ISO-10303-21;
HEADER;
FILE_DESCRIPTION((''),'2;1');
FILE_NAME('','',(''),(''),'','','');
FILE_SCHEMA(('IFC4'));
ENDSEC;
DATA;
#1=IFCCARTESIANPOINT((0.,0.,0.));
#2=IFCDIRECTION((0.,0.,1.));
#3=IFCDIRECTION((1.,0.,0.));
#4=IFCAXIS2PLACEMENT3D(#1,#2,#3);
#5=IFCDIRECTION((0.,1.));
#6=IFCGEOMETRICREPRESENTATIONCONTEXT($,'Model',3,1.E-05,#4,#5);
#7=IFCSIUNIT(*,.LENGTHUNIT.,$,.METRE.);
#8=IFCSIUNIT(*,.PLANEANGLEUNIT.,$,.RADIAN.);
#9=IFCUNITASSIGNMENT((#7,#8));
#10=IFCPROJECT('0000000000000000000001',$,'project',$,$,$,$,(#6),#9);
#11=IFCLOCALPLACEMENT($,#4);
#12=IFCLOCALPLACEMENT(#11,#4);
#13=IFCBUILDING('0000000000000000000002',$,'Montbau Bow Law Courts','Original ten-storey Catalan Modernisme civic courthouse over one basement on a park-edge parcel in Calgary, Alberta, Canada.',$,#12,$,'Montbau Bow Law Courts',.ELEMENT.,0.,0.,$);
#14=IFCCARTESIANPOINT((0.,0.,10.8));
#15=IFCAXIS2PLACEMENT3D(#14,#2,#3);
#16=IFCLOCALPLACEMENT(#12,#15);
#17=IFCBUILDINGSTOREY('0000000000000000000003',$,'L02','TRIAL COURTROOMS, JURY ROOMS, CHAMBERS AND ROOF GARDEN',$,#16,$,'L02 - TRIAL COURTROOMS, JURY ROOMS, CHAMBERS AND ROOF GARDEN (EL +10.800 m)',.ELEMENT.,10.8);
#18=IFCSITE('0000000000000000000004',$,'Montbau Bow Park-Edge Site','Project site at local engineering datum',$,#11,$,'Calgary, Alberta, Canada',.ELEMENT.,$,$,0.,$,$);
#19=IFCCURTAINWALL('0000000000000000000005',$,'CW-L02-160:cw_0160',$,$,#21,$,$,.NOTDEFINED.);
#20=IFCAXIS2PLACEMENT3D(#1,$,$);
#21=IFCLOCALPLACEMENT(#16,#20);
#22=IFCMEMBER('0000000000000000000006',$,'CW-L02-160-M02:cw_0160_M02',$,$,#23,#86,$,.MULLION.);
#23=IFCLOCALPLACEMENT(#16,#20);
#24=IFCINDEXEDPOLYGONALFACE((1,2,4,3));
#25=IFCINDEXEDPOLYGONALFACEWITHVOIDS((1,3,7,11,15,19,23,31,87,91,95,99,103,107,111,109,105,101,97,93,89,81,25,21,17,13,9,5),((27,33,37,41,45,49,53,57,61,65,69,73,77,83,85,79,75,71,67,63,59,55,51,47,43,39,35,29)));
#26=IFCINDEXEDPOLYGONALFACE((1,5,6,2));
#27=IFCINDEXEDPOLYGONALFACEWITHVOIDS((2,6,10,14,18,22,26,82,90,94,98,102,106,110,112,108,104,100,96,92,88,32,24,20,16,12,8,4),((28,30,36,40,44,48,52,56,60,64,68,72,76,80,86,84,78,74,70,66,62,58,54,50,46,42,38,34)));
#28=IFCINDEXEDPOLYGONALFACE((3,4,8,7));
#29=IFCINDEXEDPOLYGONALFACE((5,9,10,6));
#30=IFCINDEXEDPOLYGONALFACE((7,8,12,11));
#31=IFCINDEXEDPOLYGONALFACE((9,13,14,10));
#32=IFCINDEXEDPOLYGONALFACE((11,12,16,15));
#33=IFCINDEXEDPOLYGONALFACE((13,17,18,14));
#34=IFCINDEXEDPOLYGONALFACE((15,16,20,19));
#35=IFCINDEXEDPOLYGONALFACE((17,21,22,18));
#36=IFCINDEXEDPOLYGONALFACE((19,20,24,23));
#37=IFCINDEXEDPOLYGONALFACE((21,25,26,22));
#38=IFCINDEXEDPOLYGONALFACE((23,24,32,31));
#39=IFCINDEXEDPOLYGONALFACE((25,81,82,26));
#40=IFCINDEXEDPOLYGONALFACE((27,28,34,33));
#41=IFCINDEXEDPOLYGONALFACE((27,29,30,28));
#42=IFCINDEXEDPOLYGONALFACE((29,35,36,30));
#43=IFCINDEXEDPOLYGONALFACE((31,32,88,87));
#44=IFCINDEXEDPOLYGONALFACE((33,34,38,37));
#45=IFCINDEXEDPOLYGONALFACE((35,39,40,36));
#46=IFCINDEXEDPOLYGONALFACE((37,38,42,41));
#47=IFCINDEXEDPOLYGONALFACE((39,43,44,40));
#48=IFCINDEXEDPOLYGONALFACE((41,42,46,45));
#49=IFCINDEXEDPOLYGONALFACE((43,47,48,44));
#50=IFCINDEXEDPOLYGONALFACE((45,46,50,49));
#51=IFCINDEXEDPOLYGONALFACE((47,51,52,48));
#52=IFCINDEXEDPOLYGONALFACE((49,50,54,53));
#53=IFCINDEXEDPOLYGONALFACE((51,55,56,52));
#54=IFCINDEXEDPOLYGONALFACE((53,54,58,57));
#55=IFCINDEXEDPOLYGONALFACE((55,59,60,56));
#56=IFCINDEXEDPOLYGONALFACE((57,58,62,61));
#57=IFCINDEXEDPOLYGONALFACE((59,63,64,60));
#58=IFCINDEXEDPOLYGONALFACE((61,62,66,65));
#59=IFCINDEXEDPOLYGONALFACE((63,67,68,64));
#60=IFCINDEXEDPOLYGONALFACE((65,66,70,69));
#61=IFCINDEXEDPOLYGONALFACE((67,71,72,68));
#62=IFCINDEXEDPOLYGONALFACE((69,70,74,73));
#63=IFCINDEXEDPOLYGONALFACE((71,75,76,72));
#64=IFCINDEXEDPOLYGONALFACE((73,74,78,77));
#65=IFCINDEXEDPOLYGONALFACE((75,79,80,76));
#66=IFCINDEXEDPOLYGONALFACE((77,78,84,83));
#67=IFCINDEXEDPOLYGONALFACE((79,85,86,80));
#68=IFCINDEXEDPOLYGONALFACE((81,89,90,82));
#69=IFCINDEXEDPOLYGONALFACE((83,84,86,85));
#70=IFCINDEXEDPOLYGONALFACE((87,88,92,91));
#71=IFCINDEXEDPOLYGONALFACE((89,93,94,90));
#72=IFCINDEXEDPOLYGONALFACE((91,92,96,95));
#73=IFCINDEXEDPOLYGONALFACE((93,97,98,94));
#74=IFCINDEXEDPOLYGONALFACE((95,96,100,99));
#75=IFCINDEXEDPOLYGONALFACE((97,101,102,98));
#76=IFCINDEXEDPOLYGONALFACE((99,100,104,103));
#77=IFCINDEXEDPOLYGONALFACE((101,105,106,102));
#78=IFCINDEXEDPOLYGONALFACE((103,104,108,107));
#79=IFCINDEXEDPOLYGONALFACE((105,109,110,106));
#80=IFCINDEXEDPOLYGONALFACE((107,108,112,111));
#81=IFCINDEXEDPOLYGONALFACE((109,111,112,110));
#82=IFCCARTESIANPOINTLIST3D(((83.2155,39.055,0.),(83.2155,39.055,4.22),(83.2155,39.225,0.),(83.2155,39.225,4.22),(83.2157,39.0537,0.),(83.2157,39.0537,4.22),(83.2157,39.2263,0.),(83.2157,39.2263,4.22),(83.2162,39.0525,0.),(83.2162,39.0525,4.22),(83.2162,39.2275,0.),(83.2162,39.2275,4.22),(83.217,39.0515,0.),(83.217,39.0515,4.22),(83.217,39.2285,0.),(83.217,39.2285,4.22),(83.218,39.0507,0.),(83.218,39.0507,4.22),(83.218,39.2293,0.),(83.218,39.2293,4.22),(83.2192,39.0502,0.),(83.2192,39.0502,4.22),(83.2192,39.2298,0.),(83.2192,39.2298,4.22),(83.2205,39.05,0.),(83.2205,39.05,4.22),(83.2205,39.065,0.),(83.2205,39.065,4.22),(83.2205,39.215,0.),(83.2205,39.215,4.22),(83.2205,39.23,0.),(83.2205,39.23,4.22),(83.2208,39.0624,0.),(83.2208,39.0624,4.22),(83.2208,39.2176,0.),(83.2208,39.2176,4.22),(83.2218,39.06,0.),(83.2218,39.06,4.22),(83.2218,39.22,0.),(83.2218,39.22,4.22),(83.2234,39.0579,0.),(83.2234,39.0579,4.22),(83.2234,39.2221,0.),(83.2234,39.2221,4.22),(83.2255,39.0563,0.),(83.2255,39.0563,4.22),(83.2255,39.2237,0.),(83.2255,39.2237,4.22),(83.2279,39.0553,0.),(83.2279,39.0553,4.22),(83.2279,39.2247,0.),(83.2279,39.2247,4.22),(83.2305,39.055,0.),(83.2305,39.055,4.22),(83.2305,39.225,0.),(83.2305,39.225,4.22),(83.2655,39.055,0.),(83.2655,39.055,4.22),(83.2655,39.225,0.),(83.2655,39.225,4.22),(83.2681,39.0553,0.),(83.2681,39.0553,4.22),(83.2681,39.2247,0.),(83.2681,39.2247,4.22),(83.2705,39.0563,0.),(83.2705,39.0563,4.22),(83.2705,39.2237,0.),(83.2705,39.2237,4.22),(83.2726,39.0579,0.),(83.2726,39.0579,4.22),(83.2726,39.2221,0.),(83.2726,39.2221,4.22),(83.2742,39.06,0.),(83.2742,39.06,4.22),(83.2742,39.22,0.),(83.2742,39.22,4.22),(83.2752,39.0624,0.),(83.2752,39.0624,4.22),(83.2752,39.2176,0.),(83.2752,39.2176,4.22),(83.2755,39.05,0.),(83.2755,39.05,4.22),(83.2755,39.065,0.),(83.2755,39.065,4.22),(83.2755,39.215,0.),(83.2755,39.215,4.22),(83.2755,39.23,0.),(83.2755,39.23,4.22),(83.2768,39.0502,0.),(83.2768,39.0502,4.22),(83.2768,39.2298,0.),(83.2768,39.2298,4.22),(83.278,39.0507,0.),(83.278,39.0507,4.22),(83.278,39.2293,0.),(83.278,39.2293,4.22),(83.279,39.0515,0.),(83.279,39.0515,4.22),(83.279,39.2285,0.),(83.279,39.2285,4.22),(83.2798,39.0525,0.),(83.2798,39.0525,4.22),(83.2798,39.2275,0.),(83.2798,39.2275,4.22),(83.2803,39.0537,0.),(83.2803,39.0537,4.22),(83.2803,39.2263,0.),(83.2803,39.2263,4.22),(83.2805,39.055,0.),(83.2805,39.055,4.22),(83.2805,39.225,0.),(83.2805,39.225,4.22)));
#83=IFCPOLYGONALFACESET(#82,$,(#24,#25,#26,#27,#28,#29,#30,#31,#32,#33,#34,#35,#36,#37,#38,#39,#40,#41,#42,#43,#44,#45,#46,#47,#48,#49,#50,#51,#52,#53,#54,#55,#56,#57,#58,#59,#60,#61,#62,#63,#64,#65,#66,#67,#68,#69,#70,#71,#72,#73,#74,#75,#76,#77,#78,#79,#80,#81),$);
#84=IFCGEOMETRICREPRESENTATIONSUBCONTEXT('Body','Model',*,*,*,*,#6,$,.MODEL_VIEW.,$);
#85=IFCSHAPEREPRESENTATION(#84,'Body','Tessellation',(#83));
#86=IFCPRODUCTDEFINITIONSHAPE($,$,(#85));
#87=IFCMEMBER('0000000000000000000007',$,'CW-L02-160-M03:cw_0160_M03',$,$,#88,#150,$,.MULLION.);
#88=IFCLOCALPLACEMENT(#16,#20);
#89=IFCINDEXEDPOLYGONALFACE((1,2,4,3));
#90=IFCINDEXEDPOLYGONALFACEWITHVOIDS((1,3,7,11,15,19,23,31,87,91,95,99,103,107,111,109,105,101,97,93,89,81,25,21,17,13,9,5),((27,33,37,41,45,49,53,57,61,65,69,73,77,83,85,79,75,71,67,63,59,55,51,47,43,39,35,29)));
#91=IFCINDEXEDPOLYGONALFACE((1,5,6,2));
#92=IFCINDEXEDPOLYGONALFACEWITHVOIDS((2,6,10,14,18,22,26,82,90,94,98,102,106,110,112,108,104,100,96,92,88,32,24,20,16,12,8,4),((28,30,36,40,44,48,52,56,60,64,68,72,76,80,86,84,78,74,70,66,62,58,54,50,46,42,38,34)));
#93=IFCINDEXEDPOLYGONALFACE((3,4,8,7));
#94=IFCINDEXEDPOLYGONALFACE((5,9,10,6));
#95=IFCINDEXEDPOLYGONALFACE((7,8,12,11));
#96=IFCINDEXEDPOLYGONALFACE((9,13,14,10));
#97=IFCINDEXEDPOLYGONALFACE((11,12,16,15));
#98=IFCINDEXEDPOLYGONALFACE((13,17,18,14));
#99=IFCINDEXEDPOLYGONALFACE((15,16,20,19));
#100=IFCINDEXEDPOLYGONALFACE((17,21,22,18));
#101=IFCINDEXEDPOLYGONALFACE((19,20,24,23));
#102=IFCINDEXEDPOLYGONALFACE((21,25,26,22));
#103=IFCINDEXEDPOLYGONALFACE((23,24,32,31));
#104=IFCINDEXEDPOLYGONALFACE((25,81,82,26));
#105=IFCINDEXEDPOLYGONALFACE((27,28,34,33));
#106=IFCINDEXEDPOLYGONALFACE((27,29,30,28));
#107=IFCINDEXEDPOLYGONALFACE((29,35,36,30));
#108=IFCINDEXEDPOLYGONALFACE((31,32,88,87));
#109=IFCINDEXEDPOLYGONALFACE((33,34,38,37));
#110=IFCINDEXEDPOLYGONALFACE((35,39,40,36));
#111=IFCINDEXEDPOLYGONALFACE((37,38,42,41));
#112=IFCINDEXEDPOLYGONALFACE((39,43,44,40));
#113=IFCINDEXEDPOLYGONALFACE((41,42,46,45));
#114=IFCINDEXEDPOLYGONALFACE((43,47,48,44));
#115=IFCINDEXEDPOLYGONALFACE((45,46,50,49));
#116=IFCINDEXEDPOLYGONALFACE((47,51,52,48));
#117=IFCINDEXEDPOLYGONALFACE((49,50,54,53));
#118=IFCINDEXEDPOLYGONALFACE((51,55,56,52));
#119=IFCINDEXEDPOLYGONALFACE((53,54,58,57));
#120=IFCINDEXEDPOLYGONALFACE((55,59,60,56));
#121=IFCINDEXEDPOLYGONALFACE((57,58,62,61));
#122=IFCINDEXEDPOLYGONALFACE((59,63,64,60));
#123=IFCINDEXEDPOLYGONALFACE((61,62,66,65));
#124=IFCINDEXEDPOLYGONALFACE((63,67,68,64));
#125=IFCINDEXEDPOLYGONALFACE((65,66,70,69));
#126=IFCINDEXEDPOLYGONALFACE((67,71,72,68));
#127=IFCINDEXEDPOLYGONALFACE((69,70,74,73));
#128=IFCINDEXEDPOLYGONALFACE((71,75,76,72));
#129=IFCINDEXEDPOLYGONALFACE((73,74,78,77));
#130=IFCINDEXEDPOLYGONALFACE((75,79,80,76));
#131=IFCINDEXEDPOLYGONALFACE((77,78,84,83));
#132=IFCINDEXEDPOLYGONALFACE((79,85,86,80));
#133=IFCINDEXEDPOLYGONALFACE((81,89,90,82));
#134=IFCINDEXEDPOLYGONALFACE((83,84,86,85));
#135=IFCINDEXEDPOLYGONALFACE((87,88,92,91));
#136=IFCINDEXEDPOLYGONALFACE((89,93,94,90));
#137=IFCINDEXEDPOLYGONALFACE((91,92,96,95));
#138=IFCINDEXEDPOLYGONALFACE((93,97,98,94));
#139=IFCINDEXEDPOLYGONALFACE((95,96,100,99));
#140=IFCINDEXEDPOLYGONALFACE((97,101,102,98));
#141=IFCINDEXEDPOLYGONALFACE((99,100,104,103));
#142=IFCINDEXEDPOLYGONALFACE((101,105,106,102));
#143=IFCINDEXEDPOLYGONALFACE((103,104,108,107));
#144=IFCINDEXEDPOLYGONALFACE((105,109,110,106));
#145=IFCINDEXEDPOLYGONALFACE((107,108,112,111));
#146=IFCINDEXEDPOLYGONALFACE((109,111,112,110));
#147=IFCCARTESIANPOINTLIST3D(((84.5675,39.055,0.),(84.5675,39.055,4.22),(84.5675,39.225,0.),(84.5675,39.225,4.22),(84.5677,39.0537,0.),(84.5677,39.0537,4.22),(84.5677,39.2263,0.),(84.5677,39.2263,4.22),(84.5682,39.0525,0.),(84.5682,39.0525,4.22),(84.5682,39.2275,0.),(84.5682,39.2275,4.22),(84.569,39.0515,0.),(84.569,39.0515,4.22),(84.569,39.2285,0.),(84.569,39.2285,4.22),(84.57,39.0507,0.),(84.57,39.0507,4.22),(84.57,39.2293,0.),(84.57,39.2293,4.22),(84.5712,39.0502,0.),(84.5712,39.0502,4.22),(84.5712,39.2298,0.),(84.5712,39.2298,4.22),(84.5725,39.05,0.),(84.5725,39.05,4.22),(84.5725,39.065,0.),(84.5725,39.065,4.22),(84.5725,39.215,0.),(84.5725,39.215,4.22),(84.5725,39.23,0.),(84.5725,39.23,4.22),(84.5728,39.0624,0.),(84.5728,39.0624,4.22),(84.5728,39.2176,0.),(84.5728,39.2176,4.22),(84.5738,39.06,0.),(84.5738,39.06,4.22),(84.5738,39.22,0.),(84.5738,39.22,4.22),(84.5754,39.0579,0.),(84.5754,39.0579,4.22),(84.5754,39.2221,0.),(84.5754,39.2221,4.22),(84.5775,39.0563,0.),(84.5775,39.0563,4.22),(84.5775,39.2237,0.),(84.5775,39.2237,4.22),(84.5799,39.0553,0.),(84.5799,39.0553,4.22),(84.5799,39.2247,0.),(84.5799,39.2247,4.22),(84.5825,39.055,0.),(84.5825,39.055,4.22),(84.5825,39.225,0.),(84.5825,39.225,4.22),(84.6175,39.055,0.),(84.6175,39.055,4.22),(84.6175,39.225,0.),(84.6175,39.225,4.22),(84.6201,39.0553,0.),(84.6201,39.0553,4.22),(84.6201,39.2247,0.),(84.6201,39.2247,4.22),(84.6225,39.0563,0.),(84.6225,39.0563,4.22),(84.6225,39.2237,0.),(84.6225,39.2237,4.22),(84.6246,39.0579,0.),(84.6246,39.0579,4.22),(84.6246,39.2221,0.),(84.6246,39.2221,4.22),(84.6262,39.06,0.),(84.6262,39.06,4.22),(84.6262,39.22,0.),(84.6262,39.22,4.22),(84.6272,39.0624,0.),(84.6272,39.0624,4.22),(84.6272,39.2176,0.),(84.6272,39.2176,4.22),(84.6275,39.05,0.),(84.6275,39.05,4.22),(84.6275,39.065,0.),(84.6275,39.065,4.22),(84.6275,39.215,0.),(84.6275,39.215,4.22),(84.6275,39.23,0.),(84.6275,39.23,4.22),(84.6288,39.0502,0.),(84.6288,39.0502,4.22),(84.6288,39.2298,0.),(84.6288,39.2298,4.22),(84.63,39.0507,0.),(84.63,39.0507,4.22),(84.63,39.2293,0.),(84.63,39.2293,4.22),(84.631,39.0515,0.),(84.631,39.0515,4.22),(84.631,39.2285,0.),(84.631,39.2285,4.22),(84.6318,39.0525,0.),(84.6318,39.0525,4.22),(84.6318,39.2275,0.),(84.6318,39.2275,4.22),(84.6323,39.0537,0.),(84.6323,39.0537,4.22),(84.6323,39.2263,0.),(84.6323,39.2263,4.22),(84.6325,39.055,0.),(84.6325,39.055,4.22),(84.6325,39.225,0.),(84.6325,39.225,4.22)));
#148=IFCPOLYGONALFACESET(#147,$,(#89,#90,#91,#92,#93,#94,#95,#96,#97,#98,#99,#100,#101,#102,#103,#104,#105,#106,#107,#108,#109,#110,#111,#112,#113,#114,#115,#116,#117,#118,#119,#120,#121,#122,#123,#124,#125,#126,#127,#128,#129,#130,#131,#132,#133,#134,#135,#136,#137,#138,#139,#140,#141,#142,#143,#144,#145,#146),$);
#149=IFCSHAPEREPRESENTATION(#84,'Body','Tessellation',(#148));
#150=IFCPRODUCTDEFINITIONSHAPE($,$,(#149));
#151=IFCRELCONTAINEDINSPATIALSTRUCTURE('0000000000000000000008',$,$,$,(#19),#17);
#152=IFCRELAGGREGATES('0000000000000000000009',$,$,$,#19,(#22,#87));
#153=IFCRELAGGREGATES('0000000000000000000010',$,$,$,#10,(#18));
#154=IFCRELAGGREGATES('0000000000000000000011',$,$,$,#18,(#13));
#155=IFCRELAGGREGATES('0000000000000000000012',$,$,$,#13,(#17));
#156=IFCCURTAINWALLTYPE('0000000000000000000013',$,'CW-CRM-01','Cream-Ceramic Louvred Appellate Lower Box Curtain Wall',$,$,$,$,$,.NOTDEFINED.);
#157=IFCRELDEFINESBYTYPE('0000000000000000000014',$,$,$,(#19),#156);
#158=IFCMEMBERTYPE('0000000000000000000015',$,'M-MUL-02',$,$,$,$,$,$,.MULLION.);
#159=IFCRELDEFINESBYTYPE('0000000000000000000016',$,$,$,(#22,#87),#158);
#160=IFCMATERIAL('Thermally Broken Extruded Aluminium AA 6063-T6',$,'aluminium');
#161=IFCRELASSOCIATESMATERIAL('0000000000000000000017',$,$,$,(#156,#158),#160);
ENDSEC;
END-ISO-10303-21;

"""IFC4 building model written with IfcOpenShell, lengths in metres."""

from ifc_helpers import new_model, si_unit, direction, frame, origin_with_axes, origin_2d_with_axis, place, context, subcontext, project, spatial, hollow_rectangle, extrude, material, material_profile, profile_set, type_object, element, aggregate, save


model = new_model("IFC4")

# Units and contexts
model_context = context("Model", 3, precision=1e-05, world=origin_with_axes(), true_north=direction((0.0, 1.0)))
body_context = subcontext(model_context, "Body", "Model", "MODEL_VIEW")
ifc_project = project(units=[si_unit("LENGTHUNIT", "METRE"), si_unit("PLANEANGLEUNIT", "RADIAN")], contexts=[model_context])

# Site, building, storey
site_placement = place(None, origin_with_axes())
site = spatial("IfcSite", under=ifc_project, at=site_placement, Name="Montbau Bow Park-Edge Site", Description="Project site at local engineering datum", LongName="Calgary, Alberta, Canada", CompositionType="ELEMENT", RefElevation=0.0)
building_placement = place(site_placement, origin_with_axes())
building = spatial("IfcBuilding", under=site, at=building_placement, Name="Montbau Bow Law Courts", Description="Original ten-storey Catalan Modernisme civic courthouse over one basement on a park-edge parcel in Calgary, Alberta, Canada.", LongName="Montbau Bow Law Courts", CompositionType="ELEMENT", ElevationOfRefHeight=0.0, ElevationOfTerrain=0.0)
storey_placement = place(building_placement, frame((0.0, 0.0, 10.8), z_axis=(0.0, 0.0, 1.0), x_axis=(1.0, 0.0, 0.0)))
storey = spatial("IfcBuildingStorey", under=building, at=storey_placement, Name="L02", Description="TRIAL COURTROOMS, JURY ROOMS, CHAMBERS AND ROOF GARDEN", LongName="L02 - TRIAL COURTROOMS, JURY ROOMS, CHAMBERS AND ROOF GARDEN (EL +10.800 m)", CompositionType="ELEMENT", Elevation=10.8)

# Shared definitions
ifc_material_1 = material(Name="Thermally Broken Extruded Aluminium AA 6063-T6", Category="aluminium")
curtain_wall_type = type_object("IfcCurtainWallType", Name="CW-CRM-01", Description="Cream-Ceramic Louvred Appellate Lower Box Curtain Wall", PredefinedType="NOTDEFINED", material=ifc_material_1)

# Curtain wall, members
curtain_wall_1_placement = place(None, frame((81.897, 39.14, 10.8), z_axis=(0.0, 0.0, 1.0), x_axis=(1.0, 0.0, 0.0)))
curtain_wall_1 = element("IfcCurtainWall", 1, at=curtain_wall_1_placement, inside=storey, type_object=curtain_wall_type, Name="CW-L02-160:cw_0160", PredefinedType="NOTDEFINED")
ifc_material_profile_1 = material_profile(ifc_material_1, hollow_rectangle(XDim=0.065, YDim=0.18, WallThickness=0.005, InnerFilletRadius=0.01, OuterFilletRadius=0.005, at=origin_2d_with_axis()), Name="CWM-180X65", Category="Main", Priority=0)
ifc_profile_set_1 = profile_set([ifc_material_profile_1], Name="Thermally Broken Extruded Aluminium AA 6063-T6")
member_type_1 = type_object("IfcMemberType", Name="M-MUL-02", PredefinedType="MULLION", material=ifc_profile_set_1)
member_1_placement = place(None, frame((83.248, 39.14, 10.8), z_axis=(0.0, 0.0, 1.0), x_axis=(1.0, 0.0, 0.0)))
member_1 = element("IfcMember", 2, at=member_1_placement, type_object=member_type_1, Name="CW-L02-160-M02:cw_0160_M02", PredefinedType="MULLION", context=body_context, shape_type="SweptSolid", body=[
    extrude(hollow_rectangle(XDim=0.065, YDim=0.18, WallThickness=0.005, InnerFilletRadius=0.01, OuterFilletRadius=0.005, at=origin_2d_with_axis()), origin_with_axes(), (0.0, 0.0, 1.0), 4.22),
])
member_2_placement = place(None, frame((84.6, 39.14, 10.8), z_axis=(0.0, 0.0, 1.0), x_axis=(1.0, 0.0, 0.0)))
member_2 = element("IfcMember", 3, at=member_2_placement, type_object=member_type_1, Name="CW-L02-160-M03:cw_0160_M03", PredefinedType="MULLION", context=body_context, shape_type="SweptSolid", body=[
    extrude(hollow_rectangle(XDim=0.065, YDim=0.18, WallThickness=0.005, InnerFilletRadius=0.01, OuterFilletRadius=0.005, at=origin_2d_with_axis()), origin_with_axes(), (0.0, 0.0, 1.0), 4.22),
])

aggregate(curtain_wall_1, [member_1, member_2])

save(model, "model.ifc")
